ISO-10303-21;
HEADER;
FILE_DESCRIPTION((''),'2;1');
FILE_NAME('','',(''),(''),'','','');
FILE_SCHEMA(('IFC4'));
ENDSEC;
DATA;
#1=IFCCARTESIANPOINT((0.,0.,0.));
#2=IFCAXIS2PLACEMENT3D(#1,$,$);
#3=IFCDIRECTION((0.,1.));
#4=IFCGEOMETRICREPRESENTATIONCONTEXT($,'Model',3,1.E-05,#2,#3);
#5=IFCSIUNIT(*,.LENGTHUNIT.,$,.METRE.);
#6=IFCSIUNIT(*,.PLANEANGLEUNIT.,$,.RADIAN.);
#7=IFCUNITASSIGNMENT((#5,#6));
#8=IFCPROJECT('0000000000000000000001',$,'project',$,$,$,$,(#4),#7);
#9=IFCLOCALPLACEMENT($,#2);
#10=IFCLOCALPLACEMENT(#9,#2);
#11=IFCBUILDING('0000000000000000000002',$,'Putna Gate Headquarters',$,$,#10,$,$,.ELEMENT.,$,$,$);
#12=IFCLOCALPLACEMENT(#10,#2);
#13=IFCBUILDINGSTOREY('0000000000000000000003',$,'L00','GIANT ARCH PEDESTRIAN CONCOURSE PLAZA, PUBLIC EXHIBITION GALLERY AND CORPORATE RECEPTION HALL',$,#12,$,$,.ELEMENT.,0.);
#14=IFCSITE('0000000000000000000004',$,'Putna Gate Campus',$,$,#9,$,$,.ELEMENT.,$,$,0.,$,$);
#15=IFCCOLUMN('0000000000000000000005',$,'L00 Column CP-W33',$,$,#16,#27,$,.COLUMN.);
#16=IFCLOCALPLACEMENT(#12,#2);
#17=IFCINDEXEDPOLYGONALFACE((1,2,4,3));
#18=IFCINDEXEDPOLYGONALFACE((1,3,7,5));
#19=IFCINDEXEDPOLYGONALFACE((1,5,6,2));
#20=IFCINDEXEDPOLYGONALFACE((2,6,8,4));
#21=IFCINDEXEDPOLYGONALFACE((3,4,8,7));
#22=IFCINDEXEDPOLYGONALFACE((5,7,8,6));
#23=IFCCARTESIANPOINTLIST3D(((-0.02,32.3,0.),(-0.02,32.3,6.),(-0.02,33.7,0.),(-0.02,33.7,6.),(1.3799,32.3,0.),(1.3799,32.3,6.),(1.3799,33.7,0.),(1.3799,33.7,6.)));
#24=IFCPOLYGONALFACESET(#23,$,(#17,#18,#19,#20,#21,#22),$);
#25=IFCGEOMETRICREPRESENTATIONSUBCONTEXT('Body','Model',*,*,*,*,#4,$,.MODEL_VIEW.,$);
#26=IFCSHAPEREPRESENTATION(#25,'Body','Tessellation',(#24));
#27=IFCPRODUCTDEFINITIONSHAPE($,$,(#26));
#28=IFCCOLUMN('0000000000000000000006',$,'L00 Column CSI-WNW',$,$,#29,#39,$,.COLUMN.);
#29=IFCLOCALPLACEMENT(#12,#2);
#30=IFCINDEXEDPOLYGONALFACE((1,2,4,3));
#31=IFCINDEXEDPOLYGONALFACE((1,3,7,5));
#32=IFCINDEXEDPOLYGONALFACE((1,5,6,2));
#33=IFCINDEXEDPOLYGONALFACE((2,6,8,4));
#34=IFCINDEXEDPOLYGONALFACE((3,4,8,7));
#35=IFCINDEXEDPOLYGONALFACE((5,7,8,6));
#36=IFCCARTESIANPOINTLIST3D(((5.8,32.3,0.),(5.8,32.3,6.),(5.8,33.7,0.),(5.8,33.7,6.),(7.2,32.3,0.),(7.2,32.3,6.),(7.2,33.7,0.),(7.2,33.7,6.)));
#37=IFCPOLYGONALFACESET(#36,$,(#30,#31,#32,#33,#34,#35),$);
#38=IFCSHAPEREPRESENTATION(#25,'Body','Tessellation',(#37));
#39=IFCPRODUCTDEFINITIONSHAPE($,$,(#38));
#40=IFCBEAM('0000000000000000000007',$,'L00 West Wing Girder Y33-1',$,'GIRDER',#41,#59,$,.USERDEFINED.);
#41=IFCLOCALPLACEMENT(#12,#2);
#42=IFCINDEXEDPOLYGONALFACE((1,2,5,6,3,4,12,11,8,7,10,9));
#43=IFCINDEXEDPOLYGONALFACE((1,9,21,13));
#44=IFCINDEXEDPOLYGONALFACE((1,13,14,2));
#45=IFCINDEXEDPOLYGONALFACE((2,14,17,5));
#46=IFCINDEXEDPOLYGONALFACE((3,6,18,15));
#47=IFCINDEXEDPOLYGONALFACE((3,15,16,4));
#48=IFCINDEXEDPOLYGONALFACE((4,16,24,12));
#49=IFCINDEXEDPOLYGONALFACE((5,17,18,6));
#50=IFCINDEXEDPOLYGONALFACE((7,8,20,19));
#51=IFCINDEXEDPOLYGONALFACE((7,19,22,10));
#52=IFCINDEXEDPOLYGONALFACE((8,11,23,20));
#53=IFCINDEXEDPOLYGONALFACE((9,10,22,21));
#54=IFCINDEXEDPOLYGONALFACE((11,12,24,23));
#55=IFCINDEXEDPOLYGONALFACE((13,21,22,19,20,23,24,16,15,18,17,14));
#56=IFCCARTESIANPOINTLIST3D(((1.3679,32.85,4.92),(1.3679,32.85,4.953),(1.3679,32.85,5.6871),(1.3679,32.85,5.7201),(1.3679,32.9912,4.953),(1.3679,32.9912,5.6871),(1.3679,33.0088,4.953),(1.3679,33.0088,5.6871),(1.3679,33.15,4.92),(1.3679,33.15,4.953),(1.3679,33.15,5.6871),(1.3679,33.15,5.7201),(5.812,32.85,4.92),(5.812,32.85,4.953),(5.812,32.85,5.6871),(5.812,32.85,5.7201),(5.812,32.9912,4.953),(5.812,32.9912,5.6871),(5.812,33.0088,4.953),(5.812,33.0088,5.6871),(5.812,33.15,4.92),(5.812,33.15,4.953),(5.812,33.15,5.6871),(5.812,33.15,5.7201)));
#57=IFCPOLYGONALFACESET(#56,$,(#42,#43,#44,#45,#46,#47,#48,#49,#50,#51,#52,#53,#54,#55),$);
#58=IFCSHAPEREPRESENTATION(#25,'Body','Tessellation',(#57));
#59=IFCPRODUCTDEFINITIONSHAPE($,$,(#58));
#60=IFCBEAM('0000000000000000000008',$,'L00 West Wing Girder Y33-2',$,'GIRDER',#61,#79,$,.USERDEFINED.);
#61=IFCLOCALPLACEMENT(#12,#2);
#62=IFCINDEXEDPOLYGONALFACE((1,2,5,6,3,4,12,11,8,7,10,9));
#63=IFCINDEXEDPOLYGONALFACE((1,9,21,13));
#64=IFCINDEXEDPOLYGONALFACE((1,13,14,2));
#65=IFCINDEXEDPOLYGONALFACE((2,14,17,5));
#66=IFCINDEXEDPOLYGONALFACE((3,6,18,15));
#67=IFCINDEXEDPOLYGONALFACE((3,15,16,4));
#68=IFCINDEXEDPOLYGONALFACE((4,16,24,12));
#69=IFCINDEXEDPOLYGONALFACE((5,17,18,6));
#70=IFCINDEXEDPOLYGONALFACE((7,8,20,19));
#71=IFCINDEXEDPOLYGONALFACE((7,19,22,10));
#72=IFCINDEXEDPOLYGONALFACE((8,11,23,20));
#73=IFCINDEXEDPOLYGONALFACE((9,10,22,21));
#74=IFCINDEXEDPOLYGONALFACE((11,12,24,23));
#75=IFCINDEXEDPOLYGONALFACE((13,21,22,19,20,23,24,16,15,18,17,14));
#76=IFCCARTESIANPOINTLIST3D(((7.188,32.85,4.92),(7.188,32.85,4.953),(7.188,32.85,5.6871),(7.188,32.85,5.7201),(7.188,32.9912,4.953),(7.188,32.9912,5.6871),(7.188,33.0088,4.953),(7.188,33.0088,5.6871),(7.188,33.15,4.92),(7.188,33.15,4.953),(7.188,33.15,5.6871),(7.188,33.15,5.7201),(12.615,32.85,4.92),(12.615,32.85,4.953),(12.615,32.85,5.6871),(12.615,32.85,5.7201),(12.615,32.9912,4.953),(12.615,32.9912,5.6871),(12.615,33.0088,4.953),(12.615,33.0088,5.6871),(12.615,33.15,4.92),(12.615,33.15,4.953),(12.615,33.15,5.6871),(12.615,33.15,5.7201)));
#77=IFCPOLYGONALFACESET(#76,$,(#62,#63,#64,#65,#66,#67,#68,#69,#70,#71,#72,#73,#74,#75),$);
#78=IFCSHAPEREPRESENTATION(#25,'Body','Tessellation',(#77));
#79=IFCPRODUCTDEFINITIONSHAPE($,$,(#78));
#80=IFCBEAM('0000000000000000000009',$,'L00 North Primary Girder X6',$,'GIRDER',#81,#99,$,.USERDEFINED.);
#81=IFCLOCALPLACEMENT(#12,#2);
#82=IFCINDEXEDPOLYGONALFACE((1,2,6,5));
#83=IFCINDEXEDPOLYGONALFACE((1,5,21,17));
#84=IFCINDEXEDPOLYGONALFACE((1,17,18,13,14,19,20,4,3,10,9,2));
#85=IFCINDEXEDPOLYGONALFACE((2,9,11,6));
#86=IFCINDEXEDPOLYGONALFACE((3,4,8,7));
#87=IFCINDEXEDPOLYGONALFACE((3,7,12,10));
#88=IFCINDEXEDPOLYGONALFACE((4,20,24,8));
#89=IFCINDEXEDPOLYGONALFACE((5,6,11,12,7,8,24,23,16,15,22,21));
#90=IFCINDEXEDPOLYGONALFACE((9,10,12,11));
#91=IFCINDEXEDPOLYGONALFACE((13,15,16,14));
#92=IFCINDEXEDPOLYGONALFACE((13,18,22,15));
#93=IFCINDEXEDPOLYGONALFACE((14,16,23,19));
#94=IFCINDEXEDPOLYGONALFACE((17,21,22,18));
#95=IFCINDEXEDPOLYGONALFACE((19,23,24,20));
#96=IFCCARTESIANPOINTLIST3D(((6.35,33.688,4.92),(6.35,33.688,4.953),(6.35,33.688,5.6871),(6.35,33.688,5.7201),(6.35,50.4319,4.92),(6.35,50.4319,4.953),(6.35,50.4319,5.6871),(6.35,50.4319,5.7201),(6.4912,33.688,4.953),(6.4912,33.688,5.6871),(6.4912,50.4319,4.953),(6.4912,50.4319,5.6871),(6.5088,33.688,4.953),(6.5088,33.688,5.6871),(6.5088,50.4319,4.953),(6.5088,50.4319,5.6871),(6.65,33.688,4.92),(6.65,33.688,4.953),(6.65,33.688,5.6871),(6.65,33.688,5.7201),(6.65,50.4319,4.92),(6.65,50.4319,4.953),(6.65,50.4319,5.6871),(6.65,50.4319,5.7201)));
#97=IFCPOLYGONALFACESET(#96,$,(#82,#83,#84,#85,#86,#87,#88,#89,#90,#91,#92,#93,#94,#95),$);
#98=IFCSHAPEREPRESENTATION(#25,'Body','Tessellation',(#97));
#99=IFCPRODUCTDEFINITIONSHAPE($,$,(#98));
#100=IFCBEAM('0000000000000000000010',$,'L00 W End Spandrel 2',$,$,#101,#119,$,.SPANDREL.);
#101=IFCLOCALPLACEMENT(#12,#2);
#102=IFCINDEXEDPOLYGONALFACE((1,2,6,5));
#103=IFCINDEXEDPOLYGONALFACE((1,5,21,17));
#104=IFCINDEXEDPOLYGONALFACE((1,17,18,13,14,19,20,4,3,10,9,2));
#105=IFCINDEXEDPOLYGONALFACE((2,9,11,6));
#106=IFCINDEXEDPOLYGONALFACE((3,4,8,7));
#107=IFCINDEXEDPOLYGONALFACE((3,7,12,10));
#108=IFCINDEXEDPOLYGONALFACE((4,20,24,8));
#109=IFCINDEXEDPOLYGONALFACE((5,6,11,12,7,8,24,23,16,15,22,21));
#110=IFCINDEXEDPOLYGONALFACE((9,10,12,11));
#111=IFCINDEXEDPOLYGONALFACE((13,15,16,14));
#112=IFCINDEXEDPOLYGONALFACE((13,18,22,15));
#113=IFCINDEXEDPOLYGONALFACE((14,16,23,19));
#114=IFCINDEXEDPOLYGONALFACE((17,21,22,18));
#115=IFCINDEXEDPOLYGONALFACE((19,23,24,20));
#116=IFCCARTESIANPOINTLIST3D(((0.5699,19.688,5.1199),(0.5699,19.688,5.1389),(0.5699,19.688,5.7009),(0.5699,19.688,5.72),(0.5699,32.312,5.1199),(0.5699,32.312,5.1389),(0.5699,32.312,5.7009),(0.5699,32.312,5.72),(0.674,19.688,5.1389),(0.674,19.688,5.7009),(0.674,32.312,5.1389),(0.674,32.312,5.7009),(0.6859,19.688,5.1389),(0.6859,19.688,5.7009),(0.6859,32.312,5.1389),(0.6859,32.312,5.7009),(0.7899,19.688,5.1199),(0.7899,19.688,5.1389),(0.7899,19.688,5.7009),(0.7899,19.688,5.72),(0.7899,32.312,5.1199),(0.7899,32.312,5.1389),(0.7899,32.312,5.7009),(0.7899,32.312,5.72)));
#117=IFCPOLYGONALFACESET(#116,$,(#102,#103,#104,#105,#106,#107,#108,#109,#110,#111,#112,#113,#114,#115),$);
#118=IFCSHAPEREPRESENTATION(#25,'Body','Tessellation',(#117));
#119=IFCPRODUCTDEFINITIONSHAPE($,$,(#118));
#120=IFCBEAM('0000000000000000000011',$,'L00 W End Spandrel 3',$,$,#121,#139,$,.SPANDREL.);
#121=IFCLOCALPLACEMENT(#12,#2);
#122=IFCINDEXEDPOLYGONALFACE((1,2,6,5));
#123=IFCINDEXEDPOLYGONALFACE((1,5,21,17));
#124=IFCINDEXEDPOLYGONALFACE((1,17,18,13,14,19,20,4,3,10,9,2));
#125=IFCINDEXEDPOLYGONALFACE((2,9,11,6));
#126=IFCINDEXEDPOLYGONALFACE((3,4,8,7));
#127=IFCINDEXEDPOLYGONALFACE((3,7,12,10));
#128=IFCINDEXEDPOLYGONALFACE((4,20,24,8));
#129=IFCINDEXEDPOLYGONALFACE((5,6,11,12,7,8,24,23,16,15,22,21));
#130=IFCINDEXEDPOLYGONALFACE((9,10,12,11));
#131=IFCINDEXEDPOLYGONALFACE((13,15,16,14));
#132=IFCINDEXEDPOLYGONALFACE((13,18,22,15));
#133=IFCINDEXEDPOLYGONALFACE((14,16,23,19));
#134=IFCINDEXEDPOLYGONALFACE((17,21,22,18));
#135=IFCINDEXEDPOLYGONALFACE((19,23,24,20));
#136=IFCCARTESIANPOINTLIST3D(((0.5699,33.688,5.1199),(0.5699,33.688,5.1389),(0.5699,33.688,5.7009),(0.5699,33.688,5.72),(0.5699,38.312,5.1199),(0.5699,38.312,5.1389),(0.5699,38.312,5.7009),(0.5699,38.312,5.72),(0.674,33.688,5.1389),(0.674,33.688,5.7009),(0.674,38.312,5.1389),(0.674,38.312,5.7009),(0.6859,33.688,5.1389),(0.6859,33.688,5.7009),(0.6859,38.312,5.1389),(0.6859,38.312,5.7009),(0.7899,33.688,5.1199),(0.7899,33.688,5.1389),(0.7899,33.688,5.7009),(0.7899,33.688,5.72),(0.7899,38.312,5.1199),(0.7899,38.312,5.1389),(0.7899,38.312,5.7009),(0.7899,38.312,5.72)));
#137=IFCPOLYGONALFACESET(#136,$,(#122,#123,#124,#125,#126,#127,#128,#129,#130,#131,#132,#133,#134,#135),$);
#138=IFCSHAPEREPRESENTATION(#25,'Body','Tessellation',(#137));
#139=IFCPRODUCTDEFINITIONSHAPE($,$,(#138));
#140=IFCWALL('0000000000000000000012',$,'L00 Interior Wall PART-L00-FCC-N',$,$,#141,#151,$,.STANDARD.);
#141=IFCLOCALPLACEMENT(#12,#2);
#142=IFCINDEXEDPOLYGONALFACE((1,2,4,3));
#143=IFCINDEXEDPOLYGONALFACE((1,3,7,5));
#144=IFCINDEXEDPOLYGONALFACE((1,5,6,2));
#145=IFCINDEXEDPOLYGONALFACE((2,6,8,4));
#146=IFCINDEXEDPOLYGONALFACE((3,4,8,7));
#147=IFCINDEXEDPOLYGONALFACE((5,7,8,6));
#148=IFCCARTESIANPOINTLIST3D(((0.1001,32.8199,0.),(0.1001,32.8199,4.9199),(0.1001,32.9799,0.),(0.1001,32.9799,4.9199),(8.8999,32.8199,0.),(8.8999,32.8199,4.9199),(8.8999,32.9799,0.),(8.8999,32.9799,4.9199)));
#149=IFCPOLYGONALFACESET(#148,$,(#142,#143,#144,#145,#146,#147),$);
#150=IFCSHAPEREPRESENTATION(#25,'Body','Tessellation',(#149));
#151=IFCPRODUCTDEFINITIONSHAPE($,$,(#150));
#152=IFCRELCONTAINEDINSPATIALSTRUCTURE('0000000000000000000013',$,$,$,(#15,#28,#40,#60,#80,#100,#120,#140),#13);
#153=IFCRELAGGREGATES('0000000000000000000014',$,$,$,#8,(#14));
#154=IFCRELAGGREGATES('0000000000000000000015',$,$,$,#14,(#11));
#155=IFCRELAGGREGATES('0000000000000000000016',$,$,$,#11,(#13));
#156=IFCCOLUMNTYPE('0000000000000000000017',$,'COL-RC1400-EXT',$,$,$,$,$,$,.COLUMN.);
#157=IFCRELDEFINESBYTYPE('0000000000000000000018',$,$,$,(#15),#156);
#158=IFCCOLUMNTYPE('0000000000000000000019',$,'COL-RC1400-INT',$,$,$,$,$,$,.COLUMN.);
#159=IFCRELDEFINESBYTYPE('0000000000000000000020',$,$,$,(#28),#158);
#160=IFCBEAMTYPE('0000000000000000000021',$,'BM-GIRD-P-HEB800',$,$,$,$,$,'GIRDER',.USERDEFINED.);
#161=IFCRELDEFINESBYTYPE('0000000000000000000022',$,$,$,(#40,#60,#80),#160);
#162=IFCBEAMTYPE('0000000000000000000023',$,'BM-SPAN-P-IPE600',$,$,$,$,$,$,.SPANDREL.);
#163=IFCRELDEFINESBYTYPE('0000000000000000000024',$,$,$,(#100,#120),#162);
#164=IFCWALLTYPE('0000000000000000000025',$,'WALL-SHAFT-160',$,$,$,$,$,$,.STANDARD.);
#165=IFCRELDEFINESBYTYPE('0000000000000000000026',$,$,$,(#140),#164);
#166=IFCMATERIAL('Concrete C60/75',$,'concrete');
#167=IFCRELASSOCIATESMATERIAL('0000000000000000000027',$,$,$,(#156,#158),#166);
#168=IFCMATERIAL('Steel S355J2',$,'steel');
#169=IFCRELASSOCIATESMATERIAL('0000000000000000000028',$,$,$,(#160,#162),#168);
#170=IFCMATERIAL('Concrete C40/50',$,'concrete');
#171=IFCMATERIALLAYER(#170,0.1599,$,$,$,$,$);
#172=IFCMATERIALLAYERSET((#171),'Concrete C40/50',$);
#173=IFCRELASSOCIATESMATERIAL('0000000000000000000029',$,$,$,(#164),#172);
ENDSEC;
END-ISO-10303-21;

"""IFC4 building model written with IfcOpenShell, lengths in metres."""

from ifc_helpers import new_model, si_unit, direction, frame, frame_2d, origin, origin_2d, place, context, subcontext, project, spatial, rectangle, i_section, extrude, material, layer, layer_set, material_profile, profile_set, type_object, element, save


model = new_model("IFC4")

# Units and contexts
model_context = context("Model", 3, precision=1e-05, world=origin(), true_north=direction((0.0, 1.0)))
body_context = subcontext(model_context, "Body", "Model", "MODEL_VIEW")
ifc_project = project(units=[si_unit("LENGTHUNIT", "METRE"), si_unit("PLANEANGLEUNIT", "RADIAN")], contexts=[model_context])

# Site, building, storey
site_placement = place(None, origin())
site = spatial("IfcSite", under=ifc_project, at=site_placement, Name="Putna Gate Campus", CompositionType="ELEMENT", RefElevation=0.0)
building_placement = place(site_placement, origin())
building = spatial("IfcBuilding", under=site, at=building_placement, Name="Putna Gate Headquarters", CompositionType="ELEMENT")
storey_placement = place(building_placement, origin())
storey = spatial("IfcBuildingStorey", under=building, at=storey_placement, Name="L00", Description="GIANT ARCH PEDESTRIAN CONCOURSE PLAZA, PUBLIC EXHIBITION GALLERY AND CORPORATE RECEPTION HALL", CompositionType="ELEMENT", Elevation=0.0)

# Columns
ifc_material_1 = material(Name="Concrete C60/75", Category="concrete")
ifc_material_profile_1 = material_profile(ifc_material_1, rectangle(XDim=1.3999, YDim=1.3999, at=origin_2d()), Name="Concrete C60/75")
ifc_profile_set_1 = profile_set([ifc_material_profile_1], Name="Concrete C60/75")
column_type_1 = type_object("IfcColumnType", Name="COL-RC1400-EXT", PredefinedType="COLUMN", material=ifc_profile_set_1)
column_1_placement = place(storey_placement, frame((0.6799, 33.0, 0.0), z_axis=(0.0, 0.0, 1.0), x_axis=(1.0, 0.0, 0.0)))
element("IfcColumn", 1, at=column_1_placement, inside=storey, type_object=column_type_1, Name="L00 Column CP-W33", PredefinedType="COLUMN", context=body_context, shape_type="SweptSolid", body=[
    extrude(rectangle(XDim=1.3999, YDim=1.3999, at=origin_2d()), origin(), (0.0, 0.0, 1.0), 6.0),
])
ifc_material_profile_2 = material_profile(ifc_material_1, rectangle(XDim=1.3999, YDim=1.3999, at=origin_2d()), Name="Concrete C60/75")
ifc_profile_set_2 = profile_set([ifc_material_profile_2], Name="Concrete C60/75")
column_type_2 = type_object("IfcColumnType", Name="COL-RC1400-INT", PredefinedType="COLUMN", material=ifc_profile_set_2)
column_2_placement = place(storey_placement, frame((6.5, 33.0, 0.0), z_axis=(0.0, 0.0, 1.0), x_axis=(1.0, 0.0, 0.0)))
element("IfcColumn", 2, at=column_2_placement, inside=storey, type_object=column_type_2, Name="L00 Column CSI-WNW", PredefinedType="COLUMN", context=body_context, shape_type="SweptSolid", body=[
    extrude(rectangle(XDim=1.3999, YDim=1.3999, at=origin_2d()), origin(), (0.0, 0.0, 1.0), 6.0),
])

# Beams
ifc_material_2 = material(Name="Steel S355J2", Category="steel")
ifc_material_profile_3 = material_profile(ifc_material_2, i_section(OverallWidth=0.3, OverallDepth=0.8, WebThickness=0.0176, FlangeThickness=0.033, at=origin_2d()), Name="Steel S355J2")
ifc_profile_set_3 = profile_set([ifc_material_profile_3], Name="Steel S355J2")
beam_type_1 = type_object("IfcBeamType", Name="BM-GIRD-P-HEB800", ElementType="GIRDER", PredefinedType="USERDEFINED", material=ifc_profile_set_3)
beam_1_placement = place(storey_placement, frame((1.3679, 33.0, 5.3201), z_axis=(1.0, 0.0, 0.0), x_axis=(0.0, 1.0, 0.0)))
element("IfcBeam", 3, at=beam_1_placement, inside=storey, type_object=beam_type_1, Name="L00 West Wing Girder Y33-1", ObjectType="GIRDER", PredefinedType="USERDEFINED", context=body_context, shape_type="SweptSolid", body=[
    extrude(i_section(OverallWidth=0.3, OverallDepth=0.8, WebThickness=0.0176, FlangeThickness=0.033, at=origin_2d()), origin(), (0.0, 0.0, 1.0), 4.4441),
])
beam_2_placement = place(storey_placement, frame((7.188, 33.0, 5.3201), z_axis=(1.0, 0.0, 0.0), x_axis=(0.0, 1.0, 0.0)))
element("IfcBeam", 4, at=beam_2_placement, inside=storey, type_object=beam_type_1, Name="L00 West Wing Girder Y33-2", ObjectType="GIRDER", PredefinedType="USERDEFINED", context=body_context, shape_type="SweptSolid", body=[
    extrude(i_section(OverallWidth=0.3, OverallDepth=0.8, WebThickness=0.0176, FlangeThickness=0.033, at=origin_2d()), origin(), (0.0, 0.0, 1.0), 5.427),
])
beam_3_placement = place(storey_placement, frame((6.5, 33.688, 5.3201), z_axis=(0.0, 1.0, 0.0), x_axis=(-1.0, 0.0, 0.0)))
element("IfcBeam", 5, at=beam_3_placement, inside=storey, type_object=beam_type_1, Name="L00 North Primary Girder X6", ObjectType="GIRDER", PredefinedType="USERDEFINED", context=body_context, shape_type="SweptSolid", body=[
    extrude(i_section(OverallWidth=0.3, OverallDepth=0.8, WebThickness=0.0176, FlangeThickness=0.033, at=origin_2d()), origin(), (0.0, 0.0, 1.0), 16.7439),
])
ifc_material_profile_4 = material_profile(ifc_material_2, i_section(OverallWidth=0.22, OverallDepth=0.6001, WebThickness=0.012, FlangeThickness=0.019, at=origin_2d()), Name="Steel S355J2")
ifc_profile_set_4 = profile_set([ifc_material_profile_4], Name="Steel S355J2")
beam_type_2 = type_object("IfcBeamType", Name="BM-SPAN-P-IPE600", PredefinedType="SPANDREL", material=ifc_profile_set_4)
beam_4_placement = place(storey_placement, frame((0.6799, 19.688, 5.4199), z_axis=(0.0, 1.0, 0.0), x_axis=(-1.0, 0.0, 0.0)))
element("IfcBeam", 6, at=beam_4_placement, inside=storey, type_object=beam_type_2, Name="L00 W End Spandrel 2", PredefinedType="SPANDREL", context=body_context, shape_type="SweptSolid", body=[
    extrude(i_section(OverallWidth=0.22, OverallDepth=0.6001, WebThickness=0.012, FlangeThickness=0.019, at=origin_2d()), origin(), (0.0, 0.0, 1.0), 12.624),
])
beam_5_placement = place(storey_placement, frame((0.6799, 33.688, 5.4199), z_axis=(0.0, 1.0, 0.0), x_axis=(-1.0, 0.0, 0.0)))
element("IfcBeam", 7, at=beam_5_placement, inside=storey, type_object=beam_type_2, Name="L00 W End Spandrel 3", PredefinedType="SPANDREL", context=body_context, shape_type="SweptSolid", body=[
    extrude(i_section(OverallWidth=0.22, OverallDepth=0.6001, WebThickness=0.012, FlangeThickness=0.019, at=origin_2d()), origin(), (0.0, 0.0, 1.0), 4.624),
])

# Wall
ifc_material_3 = material(Name="Concrete C40/50", Category="concrete")
ifc_layer = layer(ifc_material_3, 0.1599)
ifc_layer_set = layer_set([ifc_layer], Name="Concrete C40/50")
wall_type = type_object("IfcWallType", Name="WALL-SHAFT-160", PredefinedType="STANDARD", material=ifc_layer_set)
wall_1_placement = place(storey_placement, frame((0.1001, 32.8999, 0.0), z_axis=(0.0, 0.0, 1.0), x_axis=(1.0, 0.0, 0.0)))
element("IfcWall", 8, at=wall_1_placement, inside=storey, type_object=wall_type, Name="L00 Interior Wall PART-L00-FCC-N", PredefinedType="STANDARD", context=body_context, shape_type="SweptSolid", body=[
    extrude(rectangle(XDim=8.7998, YDim=0.1599, at=frame_2d((4.3999, 0.0))), origin(), (0.0, 0.0, 1.0), 4.9199),
])

save(model, "model.ifc")
